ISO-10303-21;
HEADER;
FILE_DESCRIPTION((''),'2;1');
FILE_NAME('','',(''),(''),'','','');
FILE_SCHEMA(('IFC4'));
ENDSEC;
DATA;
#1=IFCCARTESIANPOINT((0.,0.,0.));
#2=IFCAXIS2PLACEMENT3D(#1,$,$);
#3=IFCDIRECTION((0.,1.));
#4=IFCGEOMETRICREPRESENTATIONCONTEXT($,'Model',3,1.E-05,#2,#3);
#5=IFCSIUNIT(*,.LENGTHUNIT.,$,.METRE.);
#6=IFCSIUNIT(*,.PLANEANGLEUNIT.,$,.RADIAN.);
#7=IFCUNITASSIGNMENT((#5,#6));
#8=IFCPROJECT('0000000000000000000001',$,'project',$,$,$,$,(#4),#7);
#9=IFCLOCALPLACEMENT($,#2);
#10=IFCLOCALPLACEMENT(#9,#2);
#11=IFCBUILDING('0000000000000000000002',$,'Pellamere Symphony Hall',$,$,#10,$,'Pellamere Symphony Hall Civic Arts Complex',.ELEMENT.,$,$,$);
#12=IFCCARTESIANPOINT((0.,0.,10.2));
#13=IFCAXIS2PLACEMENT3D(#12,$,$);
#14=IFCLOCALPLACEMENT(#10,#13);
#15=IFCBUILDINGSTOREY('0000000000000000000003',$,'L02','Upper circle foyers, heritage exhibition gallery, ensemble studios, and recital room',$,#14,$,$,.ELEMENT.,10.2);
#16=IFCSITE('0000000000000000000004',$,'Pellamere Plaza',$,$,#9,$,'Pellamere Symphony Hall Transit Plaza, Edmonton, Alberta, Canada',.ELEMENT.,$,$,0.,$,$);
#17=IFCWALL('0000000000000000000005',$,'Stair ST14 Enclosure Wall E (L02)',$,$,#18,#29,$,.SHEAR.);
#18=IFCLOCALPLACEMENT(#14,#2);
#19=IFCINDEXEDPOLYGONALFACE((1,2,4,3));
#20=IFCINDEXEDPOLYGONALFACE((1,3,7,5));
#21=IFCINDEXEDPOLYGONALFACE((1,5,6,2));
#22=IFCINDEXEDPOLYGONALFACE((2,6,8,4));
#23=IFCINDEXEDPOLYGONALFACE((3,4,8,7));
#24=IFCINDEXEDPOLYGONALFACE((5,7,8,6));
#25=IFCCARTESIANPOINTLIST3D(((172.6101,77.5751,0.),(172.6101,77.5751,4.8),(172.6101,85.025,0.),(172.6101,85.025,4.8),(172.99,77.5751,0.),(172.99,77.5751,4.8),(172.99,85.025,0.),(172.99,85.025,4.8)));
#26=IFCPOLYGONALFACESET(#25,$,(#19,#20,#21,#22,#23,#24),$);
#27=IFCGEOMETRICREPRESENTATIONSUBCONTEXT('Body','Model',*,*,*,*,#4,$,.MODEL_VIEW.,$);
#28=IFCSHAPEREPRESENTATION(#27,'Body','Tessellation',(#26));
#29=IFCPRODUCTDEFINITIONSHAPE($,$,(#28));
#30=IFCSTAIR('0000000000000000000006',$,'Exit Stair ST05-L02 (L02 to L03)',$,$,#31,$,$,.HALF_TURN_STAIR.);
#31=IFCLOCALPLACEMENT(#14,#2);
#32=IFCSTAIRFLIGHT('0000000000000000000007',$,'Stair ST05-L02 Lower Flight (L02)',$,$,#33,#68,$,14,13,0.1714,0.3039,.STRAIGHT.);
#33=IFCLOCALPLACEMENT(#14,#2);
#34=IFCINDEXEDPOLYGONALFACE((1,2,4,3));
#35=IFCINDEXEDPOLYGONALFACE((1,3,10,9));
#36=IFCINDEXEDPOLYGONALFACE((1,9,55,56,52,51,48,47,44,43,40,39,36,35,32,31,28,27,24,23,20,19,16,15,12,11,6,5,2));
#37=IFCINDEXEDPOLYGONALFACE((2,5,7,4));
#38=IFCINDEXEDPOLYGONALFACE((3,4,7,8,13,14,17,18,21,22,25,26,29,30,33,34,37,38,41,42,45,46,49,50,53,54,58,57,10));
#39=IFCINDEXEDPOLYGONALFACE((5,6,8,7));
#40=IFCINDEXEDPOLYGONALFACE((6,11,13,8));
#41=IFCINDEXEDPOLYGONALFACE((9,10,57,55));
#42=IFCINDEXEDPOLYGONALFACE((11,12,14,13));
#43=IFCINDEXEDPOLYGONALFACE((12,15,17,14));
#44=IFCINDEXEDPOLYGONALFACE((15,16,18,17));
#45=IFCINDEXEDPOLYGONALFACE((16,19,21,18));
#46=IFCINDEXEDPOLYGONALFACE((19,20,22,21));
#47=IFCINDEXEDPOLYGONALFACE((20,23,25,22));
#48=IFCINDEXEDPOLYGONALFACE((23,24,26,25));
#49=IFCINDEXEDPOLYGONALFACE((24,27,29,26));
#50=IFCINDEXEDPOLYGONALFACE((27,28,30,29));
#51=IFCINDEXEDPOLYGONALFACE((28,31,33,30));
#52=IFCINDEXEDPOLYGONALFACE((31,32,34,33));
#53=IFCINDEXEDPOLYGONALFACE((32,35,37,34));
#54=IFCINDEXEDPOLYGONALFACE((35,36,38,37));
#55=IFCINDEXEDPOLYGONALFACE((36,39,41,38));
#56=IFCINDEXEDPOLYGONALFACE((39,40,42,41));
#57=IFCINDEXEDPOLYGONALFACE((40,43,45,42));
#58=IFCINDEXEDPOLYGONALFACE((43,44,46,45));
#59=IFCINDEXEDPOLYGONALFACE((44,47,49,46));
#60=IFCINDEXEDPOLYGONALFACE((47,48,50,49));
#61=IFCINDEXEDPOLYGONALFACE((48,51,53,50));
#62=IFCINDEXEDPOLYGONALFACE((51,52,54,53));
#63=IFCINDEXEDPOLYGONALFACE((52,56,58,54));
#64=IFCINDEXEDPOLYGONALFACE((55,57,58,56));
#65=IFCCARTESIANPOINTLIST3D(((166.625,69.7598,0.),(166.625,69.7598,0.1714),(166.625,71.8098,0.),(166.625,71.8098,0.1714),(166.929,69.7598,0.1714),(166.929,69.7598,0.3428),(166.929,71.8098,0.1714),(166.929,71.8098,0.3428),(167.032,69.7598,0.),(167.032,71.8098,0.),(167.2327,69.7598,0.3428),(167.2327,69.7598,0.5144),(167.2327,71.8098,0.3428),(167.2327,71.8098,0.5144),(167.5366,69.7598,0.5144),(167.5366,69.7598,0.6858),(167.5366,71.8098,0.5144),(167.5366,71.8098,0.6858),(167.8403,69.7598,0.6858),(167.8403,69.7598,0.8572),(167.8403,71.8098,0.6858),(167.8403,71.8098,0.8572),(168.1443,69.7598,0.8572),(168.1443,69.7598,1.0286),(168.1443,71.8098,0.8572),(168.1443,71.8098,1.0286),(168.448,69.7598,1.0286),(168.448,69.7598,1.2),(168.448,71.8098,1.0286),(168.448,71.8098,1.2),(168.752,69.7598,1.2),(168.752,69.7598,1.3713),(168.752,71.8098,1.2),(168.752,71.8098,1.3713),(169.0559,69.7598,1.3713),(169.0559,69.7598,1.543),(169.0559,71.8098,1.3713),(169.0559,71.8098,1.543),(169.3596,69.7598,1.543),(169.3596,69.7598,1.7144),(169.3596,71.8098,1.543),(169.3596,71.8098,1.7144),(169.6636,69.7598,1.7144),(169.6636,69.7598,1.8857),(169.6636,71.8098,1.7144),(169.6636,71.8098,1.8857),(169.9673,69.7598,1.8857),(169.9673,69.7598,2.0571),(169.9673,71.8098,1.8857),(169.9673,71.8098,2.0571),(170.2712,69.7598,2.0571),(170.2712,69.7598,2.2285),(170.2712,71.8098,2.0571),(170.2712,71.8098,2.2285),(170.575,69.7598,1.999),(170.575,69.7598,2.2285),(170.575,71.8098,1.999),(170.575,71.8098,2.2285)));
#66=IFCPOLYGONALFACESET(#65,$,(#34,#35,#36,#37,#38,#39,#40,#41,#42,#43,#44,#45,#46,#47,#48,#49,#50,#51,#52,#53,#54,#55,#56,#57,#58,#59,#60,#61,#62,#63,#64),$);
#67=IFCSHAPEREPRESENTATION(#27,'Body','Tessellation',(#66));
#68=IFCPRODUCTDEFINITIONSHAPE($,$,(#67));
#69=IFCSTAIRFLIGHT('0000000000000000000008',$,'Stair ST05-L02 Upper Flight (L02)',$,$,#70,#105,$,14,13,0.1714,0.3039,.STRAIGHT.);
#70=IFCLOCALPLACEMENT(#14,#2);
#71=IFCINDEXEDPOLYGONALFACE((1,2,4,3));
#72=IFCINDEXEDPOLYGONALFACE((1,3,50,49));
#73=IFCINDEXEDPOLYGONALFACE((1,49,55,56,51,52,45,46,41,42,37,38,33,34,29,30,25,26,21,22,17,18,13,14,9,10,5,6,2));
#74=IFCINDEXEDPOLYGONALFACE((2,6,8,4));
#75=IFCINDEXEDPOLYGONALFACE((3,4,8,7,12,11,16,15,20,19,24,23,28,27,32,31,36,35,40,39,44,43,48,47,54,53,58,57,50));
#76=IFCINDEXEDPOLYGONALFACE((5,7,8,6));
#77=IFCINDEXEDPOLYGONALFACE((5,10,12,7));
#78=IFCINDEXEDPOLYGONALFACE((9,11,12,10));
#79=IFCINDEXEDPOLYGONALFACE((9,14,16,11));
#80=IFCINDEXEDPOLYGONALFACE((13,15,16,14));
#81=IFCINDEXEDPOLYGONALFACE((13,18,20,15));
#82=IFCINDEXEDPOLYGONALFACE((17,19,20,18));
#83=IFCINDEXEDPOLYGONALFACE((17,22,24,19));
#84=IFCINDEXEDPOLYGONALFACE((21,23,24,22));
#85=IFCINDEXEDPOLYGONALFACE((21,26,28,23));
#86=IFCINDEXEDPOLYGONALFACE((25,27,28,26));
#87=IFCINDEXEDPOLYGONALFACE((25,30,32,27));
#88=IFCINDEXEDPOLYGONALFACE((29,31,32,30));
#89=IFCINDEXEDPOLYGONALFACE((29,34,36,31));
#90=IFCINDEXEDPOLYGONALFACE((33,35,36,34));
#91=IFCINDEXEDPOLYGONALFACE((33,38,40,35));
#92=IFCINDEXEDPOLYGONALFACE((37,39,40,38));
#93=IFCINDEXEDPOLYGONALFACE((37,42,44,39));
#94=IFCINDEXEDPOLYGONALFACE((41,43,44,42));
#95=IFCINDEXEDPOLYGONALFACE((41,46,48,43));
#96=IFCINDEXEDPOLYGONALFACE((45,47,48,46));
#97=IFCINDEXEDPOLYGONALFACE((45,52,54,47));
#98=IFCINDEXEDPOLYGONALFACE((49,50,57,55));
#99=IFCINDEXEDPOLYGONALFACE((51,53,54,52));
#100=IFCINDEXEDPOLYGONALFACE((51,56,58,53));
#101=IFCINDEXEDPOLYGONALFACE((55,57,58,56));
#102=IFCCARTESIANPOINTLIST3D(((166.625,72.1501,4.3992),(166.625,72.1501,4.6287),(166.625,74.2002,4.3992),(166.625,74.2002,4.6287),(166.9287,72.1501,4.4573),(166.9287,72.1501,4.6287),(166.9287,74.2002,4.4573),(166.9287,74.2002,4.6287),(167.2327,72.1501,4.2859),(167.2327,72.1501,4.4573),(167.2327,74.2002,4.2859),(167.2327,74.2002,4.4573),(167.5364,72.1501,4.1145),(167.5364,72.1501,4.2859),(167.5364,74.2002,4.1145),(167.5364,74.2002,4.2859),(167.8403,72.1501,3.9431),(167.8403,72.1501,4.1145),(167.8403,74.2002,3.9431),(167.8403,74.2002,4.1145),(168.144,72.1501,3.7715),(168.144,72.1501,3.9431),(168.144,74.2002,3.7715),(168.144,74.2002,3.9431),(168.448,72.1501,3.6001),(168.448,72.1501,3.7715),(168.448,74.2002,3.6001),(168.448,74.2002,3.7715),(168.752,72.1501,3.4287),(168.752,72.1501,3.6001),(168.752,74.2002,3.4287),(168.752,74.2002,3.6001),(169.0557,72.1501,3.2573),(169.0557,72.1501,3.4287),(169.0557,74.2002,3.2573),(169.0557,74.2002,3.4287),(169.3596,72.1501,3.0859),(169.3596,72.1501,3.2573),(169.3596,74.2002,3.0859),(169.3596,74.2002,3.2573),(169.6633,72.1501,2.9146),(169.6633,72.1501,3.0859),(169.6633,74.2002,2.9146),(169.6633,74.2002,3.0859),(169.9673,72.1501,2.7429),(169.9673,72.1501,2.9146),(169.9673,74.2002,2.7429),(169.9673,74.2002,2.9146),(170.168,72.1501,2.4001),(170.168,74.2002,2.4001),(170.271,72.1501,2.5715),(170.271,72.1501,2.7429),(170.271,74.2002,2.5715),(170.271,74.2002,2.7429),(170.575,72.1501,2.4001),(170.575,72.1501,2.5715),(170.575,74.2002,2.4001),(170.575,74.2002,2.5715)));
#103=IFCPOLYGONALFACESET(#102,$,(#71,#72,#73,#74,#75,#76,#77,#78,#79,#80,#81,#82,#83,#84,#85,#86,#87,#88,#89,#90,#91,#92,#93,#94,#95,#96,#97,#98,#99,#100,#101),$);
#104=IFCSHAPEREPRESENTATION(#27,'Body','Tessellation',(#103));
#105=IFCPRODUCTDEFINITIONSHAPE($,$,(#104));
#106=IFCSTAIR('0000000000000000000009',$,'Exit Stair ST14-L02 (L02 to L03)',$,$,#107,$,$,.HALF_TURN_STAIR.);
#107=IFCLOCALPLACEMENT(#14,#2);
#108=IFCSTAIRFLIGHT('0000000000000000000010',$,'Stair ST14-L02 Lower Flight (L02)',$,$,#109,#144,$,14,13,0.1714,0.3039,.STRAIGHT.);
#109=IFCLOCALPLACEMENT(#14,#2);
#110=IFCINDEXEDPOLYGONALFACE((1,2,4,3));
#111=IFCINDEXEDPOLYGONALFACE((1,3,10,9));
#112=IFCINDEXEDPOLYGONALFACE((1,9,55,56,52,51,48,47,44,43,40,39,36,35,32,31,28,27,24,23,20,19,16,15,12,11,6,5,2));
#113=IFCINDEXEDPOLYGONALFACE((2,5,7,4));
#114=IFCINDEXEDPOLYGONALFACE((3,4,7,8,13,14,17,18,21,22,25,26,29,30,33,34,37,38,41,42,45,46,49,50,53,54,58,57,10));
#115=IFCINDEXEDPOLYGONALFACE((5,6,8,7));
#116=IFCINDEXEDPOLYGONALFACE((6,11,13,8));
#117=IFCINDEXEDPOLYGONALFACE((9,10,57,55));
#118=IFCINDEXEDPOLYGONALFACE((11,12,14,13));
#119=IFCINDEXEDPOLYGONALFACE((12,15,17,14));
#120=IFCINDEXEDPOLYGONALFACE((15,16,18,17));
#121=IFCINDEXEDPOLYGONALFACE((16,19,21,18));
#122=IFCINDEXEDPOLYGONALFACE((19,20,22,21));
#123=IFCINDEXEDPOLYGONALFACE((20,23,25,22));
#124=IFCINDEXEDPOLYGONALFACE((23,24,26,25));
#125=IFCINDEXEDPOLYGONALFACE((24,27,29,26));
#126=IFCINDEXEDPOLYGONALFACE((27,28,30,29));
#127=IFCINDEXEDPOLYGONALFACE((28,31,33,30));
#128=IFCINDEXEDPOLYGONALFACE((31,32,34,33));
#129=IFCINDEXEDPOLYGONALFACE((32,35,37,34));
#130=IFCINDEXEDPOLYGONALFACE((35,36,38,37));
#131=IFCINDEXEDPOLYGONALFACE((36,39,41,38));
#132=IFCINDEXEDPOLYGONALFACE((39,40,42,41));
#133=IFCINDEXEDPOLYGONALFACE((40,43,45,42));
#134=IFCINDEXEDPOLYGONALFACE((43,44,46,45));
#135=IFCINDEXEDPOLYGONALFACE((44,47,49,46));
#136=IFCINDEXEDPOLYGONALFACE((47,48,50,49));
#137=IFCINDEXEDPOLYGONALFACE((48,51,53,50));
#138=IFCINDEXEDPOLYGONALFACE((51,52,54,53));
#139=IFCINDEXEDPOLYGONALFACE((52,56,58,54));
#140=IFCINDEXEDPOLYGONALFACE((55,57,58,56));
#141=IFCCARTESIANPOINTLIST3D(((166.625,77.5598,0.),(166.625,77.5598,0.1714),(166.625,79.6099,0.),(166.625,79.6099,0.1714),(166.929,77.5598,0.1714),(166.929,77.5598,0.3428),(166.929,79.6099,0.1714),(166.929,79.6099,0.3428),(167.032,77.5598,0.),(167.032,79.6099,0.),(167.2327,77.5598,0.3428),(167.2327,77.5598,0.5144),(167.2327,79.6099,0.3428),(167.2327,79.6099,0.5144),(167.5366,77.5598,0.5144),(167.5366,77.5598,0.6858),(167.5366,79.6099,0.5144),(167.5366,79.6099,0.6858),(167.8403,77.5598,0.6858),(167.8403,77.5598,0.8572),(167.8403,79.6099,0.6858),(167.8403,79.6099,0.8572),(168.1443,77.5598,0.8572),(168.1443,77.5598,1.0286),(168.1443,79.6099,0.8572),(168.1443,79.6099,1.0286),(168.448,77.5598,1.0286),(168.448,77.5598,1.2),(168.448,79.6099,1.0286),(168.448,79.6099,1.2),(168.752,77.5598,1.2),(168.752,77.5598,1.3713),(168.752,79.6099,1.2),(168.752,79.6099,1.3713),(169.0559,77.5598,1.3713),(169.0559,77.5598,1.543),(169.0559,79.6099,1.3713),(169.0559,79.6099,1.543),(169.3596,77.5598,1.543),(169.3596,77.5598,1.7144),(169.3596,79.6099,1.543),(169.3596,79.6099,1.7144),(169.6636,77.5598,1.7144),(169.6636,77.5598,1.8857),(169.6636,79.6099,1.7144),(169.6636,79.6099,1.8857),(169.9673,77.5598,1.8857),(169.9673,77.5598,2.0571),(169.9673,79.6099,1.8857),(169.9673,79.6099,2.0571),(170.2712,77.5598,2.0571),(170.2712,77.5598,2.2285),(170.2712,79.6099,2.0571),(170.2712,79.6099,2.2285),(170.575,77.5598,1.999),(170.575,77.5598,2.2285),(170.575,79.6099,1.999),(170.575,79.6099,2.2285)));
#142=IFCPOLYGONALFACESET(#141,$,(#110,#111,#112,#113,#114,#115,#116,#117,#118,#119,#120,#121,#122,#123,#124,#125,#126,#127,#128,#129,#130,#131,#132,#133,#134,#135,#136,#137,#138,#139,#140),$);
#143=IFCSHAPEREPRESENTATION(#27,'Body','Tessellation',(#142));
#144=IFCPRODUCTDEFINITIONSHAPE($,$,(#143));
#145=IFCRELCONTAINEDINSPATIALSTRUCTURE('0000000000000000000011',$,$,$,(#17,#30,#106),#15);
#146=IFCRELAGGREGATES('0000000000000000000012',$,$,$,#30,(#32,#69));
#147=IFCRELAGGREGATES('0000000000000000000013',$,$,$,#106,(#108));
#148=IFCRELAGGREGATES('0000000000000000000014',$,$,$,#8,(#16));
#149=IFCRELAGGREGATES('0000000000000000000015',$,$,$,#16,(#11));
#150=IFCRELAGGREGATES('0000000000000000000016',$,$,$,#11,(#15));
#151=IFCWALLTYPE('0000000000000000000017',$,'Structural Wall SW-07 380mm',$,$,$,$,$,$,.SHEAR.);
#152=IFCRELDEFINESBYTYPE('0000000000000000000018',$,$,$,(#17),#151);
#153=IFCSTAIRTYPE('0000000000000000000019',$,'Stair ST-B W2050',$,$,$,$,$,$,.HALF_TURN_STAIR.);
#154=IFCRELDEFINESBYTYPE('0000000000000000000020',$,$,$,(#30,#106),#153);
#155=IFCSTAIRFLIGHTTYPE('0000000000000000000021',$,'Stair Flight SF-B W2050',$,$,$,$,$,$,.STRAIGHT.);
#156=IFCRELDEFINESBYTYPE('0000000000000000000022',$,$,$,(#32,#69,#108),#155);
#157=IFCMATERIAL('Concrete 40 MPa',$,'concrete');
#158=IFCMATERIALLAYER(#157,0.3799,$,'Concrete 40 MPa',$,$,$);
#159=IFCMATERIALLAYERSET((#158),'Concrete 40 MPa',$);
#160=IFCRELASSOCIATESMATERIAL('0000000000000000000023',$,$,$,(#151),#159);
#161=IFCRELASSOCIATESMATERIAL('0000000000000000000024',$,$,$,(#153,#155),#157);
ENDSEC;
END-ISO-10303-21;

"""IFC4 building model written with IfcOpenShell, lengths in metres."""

from ifc_helpers import new_model, si_unit, direction, frame, frame_2d, origin, place, context, subcontext, project, spatial, polyline, rectangle, outline, extrude, material, layer, layer_set, type_object, element, aggregate, save


model = new_model("IFC4")

# Units and contexts
model_context = context("Model", 3, precision=1e-05, world=origin(), true_north=direction((0.0, 1.0)))
body_context = subcontext(model_context, "Body", "Model", "MODEL_VIEW")
ifc_project = project(units=[si_unit("LENGTHUNIT", "METRE"), si_unit("PLANEANGLEUNIT", "RADIAN")], contexts=[model_context])

# Site, building, storey
site_placement = place(None, origin())
site = spatial("IfcSite", under=ifc_project, at=site_placement, Name="Pellamere Plaza", LongName="Pellamere Symphony Hall Transit Plaza, Edmonton, Alberta, Canada", CompositionType="ELEMENT", RefElevation=0.0)
building_placement = place(site_placement, origin())
building = spatial("IfcBuilding", under=site, at=building_placement, Name="Pellamere Symphony Hall", LongName="Pellamere Symphony Hall Civic Arts Complex", CompositionType="ELEMENT")
storey_placement = place(building_placement, frame((0.0, 0.0, 10.2)))
storey = spatial("IfcBuildingStorey", under=building, at=storey_placement, Name="L02", Description="Upper circle foyers, heritage exhibition gallery, ensemble studios, and recital room", CompositionType="ELEMENT", Elevation=10.2)

# Shared definitions
ifc_material_1 = material(Name="Concrete 40 MPa", Category="concrete")

# Wall
ifc_layer_1 = layer(ifc_material_1, 0.3799, Name="Concrete 40 MPa")
ifc_layer_set_1 = layer_set([ifc_layer_1], Name="Concrete 40 MPa")
wall_type_1 = type_object("IfcWallType", Name="Structural Wall SW-07 380mm", PredefinedType="SHEAR", material=ifc_layer_set_1)
wall_1_placement = place(storey_placement, frame((172.8, 77.575, 0.0), z_axis=(0.0, 0.0, 1.0), x_axis=(0.0, 1.0, 0.0)))
element("IfcWall", 1, at=wall_1_placement, inside=storey, type_object=wall_type_1, Name="Stair ST14 Enclosure Wall E (L02)", PredefinedType="SHEAR", context=body_context, shape_type="SweptSolid", body=[
    extrude(rectangle(XDim=7.45, YDim=0.3799, at=frame_2d((3.7251, 0.0))), origin(), (0.0, 0.0, 1.0), 4.8),
])

# Stair, stair flights
stair_type = type_object("IfcStairType", Name="Stair ST-B W2050", PredefinedType="HALF_TURN_STAIR", material=ifc_material_1)
stair_1_placement = place(storey_placement, origin())
stair_1 = element("IfcStair", 2, at=stair_1_placement, inside=storey, type_object=stair_type, Name="Exit Stair ST05-L02 (L02 to L03)", PredefinedType="HALF_TURN_STAIR")
stair_flight_type = type_object("IfcStairFlightType", Name="Stair Flight SF-B W2050", PredefinedType="STRAIGHT", material=ifc_material_1)
stair_flight_1_placement = place(storey_placement, frame((166.625, 70.7849, 0.0), z_axis=(0.0, 0.0, 1.0), x_axis=(1.0, 0.0, 0.0)))
stair_flight_1 = element("IfcStairFlight", 3, at=stair_flight_1_placement, type_object=stair_flight_type, Name="Stair ST05-L02 Lower Flight (L02)", NumberOfRisers=14, NumberOfTreads=13, PredefinedType="STRAIGHT", RiserHeight=0.1714, TreadLength=0.3039, context=body_context, shape_type="SweptSolid", body=[
    extrude(outline(polyline([(0.0, 0.0), (0.0, 0.1714), (0.304, 0.1714), (0.304, 0.3428), (0.6077, 0.3428), (0.6077, 0.5144), (0.9116, 0.5144), (0.9116, 0.6858), (1.2153, 0.6858), (1.2153, 0.8572), (1.5193, 0.8572), (1.5193, 1.0286), (1.823, 1.0286), (1.823, 1.2), (2.127, 1.2), (2.127, 1.3713), (2.4309, 1.3713), (2.4309, 1.543), (2.7346, 1.543), (2.7346, 1.7144), (3.0386, 1.7144), (3.0386, 1.8857), (3.3423, 1.8857), (3.3423, 2.0571), (3.6462, 2.0571), (3.6462, 2.2285), (3.95, 2.2285), (3.95, 2.3999), (3.95, 1.999), (0.407, 0.0), (0.0, 0.0)])), frame((0.0, 1.0249, 0.0), z_axis=(0.0, -1.0, 0.0), x_axis=(1.0, 0.0, 0.0)), (0.0, 0.0, 1.0), 2.05),
])
stair_flight_2_placement = place(storey_placement, frame((170.575, 73.175, 2.4001), z_axis=(0.0, 0.0, 1.0), x_axis=(-1.0, 0.0, 0.0)))
stair_flight_2 = element("IfcStairFlight", 4, at=stair_flight_2_placement, type_object=stair_flight_type, Name="Stair ST05-L02 Upper Flight (L02)", NumberOfRisers=14, NumberOfTreads=13, PredefinedType="STRAIGHT", RiserHeight=0.1714, TreadLength=0.3039, context=body_context, shape_type="SweptSolid", body=[
    extrude(outline(polyline([(0.0, 0.0), (0.0, 0.1714), (0.304, 0.1714), (0.304, 0.3428), (0.6077, 0.3428), (0.6077, 0.5144), (0.9116, 0.5144), (0.9116, 0.6858), (1.2153, 0.6858), (1.2153, 0.8572), (1.5193, 0.8572), (1.5193, 1.0286), (1.823, 1.0286), (1.823, 1.2), (2.127, 1.2), (2.127, 1.3713), (2.4309, 1.3713), (2.4309, 1.543), (2.7346, 1.543), (2.7346, 1.7144), (3.0386, 1.7144), (3.0386, 1.8857), (3.3423, 1.8857), (3.3423, 2.0571), (3.6462, 2.0571), (3.6462, 2.2285), (3.95, 2.2285), (3.95, 2.3999), (3.95, 1.999), (0.407, 0.0), (0.0, 0.0)])), frame((0.0, 1.0249, 0.0), z_axis=(0.0, -1.0, 0.0), x_axis=(1.0, 0.0, 0.0)), (0.0, 0.0, 1.0), 2.05),
])
aggregate(stair_1, [stair_flight_1, stair_flight_2])

# Stair, stair flight
stair_2_placement = place(storey_placement, origin())
stair_2 = element("IfcStair", 5, at=stair_2_placement, inside=storey, type_object=stair_type, Name="Exit Stair ST14-L02 (L02 to L03)", PredefinedType="HALF_TURN_STAIR")
stair_flight_3_placement = place(storey_placement, frame((166.625, 78.585, 0.0), z_axis=(0.0, 0.0, 1.0), x_axis=(1.0, 0.0, 0.0)))
stair_flight_3 = element("IfcStairFlight", 6, at=stair_flight_3_placement, type_object=stair_flight_type, Name="Stair ST14-L02 Lower Flight (L02)", NumberOfRisers=14, NumberOfTreads=13, PredefinedType="STRAIGHT", RiserHeight=0.1714, TreadLength=0.3039, context=body_context, shape_type="SweptSolid", body=[
    extrude(outline(polyline([(0.0, 0.0), (0.0, 0.1714), (0.304, 0.1714), (0.304, 0.3428), (0.6077, 0.3428), (0.6077, 0.5144), (0.9116, 0.5144), (0.9116, 0.6858), (1.2153, 0.6858), (1.2153, 0.8572), (1.5193, 0.8572), (1.5193, 1.0286), (1.823, 1.0286), (1.823, 1.2), (2.127, 1.2), (2.127, 1.3713), (2.4309, 1.3713), (2.4309, 1.543), (2.7346, 1.543), (2.7346, 1.7144), (3.0386, 1.7144), (3.0386, 1.8857), (3.3423, 1.8857), (3.3423, 2.0571), (3.6462, 2.0571), (3.6462, 2.2285), (3.95, 2.2285), (3.95, 2.3999), (3.95, 1.999), (0.407, 0.0), (0.0, 0.0)])), frame((0.0, 1.0249, 0.0), z_axis=(0.0, -1.0, 0.0), x_axis=(1.0, 0.0, 0.0)), (0.0, 0.0, 1.0), 2.05),
])
aggregate(stair_2, [stair_flight_3])

save(model, "model.ifc")
